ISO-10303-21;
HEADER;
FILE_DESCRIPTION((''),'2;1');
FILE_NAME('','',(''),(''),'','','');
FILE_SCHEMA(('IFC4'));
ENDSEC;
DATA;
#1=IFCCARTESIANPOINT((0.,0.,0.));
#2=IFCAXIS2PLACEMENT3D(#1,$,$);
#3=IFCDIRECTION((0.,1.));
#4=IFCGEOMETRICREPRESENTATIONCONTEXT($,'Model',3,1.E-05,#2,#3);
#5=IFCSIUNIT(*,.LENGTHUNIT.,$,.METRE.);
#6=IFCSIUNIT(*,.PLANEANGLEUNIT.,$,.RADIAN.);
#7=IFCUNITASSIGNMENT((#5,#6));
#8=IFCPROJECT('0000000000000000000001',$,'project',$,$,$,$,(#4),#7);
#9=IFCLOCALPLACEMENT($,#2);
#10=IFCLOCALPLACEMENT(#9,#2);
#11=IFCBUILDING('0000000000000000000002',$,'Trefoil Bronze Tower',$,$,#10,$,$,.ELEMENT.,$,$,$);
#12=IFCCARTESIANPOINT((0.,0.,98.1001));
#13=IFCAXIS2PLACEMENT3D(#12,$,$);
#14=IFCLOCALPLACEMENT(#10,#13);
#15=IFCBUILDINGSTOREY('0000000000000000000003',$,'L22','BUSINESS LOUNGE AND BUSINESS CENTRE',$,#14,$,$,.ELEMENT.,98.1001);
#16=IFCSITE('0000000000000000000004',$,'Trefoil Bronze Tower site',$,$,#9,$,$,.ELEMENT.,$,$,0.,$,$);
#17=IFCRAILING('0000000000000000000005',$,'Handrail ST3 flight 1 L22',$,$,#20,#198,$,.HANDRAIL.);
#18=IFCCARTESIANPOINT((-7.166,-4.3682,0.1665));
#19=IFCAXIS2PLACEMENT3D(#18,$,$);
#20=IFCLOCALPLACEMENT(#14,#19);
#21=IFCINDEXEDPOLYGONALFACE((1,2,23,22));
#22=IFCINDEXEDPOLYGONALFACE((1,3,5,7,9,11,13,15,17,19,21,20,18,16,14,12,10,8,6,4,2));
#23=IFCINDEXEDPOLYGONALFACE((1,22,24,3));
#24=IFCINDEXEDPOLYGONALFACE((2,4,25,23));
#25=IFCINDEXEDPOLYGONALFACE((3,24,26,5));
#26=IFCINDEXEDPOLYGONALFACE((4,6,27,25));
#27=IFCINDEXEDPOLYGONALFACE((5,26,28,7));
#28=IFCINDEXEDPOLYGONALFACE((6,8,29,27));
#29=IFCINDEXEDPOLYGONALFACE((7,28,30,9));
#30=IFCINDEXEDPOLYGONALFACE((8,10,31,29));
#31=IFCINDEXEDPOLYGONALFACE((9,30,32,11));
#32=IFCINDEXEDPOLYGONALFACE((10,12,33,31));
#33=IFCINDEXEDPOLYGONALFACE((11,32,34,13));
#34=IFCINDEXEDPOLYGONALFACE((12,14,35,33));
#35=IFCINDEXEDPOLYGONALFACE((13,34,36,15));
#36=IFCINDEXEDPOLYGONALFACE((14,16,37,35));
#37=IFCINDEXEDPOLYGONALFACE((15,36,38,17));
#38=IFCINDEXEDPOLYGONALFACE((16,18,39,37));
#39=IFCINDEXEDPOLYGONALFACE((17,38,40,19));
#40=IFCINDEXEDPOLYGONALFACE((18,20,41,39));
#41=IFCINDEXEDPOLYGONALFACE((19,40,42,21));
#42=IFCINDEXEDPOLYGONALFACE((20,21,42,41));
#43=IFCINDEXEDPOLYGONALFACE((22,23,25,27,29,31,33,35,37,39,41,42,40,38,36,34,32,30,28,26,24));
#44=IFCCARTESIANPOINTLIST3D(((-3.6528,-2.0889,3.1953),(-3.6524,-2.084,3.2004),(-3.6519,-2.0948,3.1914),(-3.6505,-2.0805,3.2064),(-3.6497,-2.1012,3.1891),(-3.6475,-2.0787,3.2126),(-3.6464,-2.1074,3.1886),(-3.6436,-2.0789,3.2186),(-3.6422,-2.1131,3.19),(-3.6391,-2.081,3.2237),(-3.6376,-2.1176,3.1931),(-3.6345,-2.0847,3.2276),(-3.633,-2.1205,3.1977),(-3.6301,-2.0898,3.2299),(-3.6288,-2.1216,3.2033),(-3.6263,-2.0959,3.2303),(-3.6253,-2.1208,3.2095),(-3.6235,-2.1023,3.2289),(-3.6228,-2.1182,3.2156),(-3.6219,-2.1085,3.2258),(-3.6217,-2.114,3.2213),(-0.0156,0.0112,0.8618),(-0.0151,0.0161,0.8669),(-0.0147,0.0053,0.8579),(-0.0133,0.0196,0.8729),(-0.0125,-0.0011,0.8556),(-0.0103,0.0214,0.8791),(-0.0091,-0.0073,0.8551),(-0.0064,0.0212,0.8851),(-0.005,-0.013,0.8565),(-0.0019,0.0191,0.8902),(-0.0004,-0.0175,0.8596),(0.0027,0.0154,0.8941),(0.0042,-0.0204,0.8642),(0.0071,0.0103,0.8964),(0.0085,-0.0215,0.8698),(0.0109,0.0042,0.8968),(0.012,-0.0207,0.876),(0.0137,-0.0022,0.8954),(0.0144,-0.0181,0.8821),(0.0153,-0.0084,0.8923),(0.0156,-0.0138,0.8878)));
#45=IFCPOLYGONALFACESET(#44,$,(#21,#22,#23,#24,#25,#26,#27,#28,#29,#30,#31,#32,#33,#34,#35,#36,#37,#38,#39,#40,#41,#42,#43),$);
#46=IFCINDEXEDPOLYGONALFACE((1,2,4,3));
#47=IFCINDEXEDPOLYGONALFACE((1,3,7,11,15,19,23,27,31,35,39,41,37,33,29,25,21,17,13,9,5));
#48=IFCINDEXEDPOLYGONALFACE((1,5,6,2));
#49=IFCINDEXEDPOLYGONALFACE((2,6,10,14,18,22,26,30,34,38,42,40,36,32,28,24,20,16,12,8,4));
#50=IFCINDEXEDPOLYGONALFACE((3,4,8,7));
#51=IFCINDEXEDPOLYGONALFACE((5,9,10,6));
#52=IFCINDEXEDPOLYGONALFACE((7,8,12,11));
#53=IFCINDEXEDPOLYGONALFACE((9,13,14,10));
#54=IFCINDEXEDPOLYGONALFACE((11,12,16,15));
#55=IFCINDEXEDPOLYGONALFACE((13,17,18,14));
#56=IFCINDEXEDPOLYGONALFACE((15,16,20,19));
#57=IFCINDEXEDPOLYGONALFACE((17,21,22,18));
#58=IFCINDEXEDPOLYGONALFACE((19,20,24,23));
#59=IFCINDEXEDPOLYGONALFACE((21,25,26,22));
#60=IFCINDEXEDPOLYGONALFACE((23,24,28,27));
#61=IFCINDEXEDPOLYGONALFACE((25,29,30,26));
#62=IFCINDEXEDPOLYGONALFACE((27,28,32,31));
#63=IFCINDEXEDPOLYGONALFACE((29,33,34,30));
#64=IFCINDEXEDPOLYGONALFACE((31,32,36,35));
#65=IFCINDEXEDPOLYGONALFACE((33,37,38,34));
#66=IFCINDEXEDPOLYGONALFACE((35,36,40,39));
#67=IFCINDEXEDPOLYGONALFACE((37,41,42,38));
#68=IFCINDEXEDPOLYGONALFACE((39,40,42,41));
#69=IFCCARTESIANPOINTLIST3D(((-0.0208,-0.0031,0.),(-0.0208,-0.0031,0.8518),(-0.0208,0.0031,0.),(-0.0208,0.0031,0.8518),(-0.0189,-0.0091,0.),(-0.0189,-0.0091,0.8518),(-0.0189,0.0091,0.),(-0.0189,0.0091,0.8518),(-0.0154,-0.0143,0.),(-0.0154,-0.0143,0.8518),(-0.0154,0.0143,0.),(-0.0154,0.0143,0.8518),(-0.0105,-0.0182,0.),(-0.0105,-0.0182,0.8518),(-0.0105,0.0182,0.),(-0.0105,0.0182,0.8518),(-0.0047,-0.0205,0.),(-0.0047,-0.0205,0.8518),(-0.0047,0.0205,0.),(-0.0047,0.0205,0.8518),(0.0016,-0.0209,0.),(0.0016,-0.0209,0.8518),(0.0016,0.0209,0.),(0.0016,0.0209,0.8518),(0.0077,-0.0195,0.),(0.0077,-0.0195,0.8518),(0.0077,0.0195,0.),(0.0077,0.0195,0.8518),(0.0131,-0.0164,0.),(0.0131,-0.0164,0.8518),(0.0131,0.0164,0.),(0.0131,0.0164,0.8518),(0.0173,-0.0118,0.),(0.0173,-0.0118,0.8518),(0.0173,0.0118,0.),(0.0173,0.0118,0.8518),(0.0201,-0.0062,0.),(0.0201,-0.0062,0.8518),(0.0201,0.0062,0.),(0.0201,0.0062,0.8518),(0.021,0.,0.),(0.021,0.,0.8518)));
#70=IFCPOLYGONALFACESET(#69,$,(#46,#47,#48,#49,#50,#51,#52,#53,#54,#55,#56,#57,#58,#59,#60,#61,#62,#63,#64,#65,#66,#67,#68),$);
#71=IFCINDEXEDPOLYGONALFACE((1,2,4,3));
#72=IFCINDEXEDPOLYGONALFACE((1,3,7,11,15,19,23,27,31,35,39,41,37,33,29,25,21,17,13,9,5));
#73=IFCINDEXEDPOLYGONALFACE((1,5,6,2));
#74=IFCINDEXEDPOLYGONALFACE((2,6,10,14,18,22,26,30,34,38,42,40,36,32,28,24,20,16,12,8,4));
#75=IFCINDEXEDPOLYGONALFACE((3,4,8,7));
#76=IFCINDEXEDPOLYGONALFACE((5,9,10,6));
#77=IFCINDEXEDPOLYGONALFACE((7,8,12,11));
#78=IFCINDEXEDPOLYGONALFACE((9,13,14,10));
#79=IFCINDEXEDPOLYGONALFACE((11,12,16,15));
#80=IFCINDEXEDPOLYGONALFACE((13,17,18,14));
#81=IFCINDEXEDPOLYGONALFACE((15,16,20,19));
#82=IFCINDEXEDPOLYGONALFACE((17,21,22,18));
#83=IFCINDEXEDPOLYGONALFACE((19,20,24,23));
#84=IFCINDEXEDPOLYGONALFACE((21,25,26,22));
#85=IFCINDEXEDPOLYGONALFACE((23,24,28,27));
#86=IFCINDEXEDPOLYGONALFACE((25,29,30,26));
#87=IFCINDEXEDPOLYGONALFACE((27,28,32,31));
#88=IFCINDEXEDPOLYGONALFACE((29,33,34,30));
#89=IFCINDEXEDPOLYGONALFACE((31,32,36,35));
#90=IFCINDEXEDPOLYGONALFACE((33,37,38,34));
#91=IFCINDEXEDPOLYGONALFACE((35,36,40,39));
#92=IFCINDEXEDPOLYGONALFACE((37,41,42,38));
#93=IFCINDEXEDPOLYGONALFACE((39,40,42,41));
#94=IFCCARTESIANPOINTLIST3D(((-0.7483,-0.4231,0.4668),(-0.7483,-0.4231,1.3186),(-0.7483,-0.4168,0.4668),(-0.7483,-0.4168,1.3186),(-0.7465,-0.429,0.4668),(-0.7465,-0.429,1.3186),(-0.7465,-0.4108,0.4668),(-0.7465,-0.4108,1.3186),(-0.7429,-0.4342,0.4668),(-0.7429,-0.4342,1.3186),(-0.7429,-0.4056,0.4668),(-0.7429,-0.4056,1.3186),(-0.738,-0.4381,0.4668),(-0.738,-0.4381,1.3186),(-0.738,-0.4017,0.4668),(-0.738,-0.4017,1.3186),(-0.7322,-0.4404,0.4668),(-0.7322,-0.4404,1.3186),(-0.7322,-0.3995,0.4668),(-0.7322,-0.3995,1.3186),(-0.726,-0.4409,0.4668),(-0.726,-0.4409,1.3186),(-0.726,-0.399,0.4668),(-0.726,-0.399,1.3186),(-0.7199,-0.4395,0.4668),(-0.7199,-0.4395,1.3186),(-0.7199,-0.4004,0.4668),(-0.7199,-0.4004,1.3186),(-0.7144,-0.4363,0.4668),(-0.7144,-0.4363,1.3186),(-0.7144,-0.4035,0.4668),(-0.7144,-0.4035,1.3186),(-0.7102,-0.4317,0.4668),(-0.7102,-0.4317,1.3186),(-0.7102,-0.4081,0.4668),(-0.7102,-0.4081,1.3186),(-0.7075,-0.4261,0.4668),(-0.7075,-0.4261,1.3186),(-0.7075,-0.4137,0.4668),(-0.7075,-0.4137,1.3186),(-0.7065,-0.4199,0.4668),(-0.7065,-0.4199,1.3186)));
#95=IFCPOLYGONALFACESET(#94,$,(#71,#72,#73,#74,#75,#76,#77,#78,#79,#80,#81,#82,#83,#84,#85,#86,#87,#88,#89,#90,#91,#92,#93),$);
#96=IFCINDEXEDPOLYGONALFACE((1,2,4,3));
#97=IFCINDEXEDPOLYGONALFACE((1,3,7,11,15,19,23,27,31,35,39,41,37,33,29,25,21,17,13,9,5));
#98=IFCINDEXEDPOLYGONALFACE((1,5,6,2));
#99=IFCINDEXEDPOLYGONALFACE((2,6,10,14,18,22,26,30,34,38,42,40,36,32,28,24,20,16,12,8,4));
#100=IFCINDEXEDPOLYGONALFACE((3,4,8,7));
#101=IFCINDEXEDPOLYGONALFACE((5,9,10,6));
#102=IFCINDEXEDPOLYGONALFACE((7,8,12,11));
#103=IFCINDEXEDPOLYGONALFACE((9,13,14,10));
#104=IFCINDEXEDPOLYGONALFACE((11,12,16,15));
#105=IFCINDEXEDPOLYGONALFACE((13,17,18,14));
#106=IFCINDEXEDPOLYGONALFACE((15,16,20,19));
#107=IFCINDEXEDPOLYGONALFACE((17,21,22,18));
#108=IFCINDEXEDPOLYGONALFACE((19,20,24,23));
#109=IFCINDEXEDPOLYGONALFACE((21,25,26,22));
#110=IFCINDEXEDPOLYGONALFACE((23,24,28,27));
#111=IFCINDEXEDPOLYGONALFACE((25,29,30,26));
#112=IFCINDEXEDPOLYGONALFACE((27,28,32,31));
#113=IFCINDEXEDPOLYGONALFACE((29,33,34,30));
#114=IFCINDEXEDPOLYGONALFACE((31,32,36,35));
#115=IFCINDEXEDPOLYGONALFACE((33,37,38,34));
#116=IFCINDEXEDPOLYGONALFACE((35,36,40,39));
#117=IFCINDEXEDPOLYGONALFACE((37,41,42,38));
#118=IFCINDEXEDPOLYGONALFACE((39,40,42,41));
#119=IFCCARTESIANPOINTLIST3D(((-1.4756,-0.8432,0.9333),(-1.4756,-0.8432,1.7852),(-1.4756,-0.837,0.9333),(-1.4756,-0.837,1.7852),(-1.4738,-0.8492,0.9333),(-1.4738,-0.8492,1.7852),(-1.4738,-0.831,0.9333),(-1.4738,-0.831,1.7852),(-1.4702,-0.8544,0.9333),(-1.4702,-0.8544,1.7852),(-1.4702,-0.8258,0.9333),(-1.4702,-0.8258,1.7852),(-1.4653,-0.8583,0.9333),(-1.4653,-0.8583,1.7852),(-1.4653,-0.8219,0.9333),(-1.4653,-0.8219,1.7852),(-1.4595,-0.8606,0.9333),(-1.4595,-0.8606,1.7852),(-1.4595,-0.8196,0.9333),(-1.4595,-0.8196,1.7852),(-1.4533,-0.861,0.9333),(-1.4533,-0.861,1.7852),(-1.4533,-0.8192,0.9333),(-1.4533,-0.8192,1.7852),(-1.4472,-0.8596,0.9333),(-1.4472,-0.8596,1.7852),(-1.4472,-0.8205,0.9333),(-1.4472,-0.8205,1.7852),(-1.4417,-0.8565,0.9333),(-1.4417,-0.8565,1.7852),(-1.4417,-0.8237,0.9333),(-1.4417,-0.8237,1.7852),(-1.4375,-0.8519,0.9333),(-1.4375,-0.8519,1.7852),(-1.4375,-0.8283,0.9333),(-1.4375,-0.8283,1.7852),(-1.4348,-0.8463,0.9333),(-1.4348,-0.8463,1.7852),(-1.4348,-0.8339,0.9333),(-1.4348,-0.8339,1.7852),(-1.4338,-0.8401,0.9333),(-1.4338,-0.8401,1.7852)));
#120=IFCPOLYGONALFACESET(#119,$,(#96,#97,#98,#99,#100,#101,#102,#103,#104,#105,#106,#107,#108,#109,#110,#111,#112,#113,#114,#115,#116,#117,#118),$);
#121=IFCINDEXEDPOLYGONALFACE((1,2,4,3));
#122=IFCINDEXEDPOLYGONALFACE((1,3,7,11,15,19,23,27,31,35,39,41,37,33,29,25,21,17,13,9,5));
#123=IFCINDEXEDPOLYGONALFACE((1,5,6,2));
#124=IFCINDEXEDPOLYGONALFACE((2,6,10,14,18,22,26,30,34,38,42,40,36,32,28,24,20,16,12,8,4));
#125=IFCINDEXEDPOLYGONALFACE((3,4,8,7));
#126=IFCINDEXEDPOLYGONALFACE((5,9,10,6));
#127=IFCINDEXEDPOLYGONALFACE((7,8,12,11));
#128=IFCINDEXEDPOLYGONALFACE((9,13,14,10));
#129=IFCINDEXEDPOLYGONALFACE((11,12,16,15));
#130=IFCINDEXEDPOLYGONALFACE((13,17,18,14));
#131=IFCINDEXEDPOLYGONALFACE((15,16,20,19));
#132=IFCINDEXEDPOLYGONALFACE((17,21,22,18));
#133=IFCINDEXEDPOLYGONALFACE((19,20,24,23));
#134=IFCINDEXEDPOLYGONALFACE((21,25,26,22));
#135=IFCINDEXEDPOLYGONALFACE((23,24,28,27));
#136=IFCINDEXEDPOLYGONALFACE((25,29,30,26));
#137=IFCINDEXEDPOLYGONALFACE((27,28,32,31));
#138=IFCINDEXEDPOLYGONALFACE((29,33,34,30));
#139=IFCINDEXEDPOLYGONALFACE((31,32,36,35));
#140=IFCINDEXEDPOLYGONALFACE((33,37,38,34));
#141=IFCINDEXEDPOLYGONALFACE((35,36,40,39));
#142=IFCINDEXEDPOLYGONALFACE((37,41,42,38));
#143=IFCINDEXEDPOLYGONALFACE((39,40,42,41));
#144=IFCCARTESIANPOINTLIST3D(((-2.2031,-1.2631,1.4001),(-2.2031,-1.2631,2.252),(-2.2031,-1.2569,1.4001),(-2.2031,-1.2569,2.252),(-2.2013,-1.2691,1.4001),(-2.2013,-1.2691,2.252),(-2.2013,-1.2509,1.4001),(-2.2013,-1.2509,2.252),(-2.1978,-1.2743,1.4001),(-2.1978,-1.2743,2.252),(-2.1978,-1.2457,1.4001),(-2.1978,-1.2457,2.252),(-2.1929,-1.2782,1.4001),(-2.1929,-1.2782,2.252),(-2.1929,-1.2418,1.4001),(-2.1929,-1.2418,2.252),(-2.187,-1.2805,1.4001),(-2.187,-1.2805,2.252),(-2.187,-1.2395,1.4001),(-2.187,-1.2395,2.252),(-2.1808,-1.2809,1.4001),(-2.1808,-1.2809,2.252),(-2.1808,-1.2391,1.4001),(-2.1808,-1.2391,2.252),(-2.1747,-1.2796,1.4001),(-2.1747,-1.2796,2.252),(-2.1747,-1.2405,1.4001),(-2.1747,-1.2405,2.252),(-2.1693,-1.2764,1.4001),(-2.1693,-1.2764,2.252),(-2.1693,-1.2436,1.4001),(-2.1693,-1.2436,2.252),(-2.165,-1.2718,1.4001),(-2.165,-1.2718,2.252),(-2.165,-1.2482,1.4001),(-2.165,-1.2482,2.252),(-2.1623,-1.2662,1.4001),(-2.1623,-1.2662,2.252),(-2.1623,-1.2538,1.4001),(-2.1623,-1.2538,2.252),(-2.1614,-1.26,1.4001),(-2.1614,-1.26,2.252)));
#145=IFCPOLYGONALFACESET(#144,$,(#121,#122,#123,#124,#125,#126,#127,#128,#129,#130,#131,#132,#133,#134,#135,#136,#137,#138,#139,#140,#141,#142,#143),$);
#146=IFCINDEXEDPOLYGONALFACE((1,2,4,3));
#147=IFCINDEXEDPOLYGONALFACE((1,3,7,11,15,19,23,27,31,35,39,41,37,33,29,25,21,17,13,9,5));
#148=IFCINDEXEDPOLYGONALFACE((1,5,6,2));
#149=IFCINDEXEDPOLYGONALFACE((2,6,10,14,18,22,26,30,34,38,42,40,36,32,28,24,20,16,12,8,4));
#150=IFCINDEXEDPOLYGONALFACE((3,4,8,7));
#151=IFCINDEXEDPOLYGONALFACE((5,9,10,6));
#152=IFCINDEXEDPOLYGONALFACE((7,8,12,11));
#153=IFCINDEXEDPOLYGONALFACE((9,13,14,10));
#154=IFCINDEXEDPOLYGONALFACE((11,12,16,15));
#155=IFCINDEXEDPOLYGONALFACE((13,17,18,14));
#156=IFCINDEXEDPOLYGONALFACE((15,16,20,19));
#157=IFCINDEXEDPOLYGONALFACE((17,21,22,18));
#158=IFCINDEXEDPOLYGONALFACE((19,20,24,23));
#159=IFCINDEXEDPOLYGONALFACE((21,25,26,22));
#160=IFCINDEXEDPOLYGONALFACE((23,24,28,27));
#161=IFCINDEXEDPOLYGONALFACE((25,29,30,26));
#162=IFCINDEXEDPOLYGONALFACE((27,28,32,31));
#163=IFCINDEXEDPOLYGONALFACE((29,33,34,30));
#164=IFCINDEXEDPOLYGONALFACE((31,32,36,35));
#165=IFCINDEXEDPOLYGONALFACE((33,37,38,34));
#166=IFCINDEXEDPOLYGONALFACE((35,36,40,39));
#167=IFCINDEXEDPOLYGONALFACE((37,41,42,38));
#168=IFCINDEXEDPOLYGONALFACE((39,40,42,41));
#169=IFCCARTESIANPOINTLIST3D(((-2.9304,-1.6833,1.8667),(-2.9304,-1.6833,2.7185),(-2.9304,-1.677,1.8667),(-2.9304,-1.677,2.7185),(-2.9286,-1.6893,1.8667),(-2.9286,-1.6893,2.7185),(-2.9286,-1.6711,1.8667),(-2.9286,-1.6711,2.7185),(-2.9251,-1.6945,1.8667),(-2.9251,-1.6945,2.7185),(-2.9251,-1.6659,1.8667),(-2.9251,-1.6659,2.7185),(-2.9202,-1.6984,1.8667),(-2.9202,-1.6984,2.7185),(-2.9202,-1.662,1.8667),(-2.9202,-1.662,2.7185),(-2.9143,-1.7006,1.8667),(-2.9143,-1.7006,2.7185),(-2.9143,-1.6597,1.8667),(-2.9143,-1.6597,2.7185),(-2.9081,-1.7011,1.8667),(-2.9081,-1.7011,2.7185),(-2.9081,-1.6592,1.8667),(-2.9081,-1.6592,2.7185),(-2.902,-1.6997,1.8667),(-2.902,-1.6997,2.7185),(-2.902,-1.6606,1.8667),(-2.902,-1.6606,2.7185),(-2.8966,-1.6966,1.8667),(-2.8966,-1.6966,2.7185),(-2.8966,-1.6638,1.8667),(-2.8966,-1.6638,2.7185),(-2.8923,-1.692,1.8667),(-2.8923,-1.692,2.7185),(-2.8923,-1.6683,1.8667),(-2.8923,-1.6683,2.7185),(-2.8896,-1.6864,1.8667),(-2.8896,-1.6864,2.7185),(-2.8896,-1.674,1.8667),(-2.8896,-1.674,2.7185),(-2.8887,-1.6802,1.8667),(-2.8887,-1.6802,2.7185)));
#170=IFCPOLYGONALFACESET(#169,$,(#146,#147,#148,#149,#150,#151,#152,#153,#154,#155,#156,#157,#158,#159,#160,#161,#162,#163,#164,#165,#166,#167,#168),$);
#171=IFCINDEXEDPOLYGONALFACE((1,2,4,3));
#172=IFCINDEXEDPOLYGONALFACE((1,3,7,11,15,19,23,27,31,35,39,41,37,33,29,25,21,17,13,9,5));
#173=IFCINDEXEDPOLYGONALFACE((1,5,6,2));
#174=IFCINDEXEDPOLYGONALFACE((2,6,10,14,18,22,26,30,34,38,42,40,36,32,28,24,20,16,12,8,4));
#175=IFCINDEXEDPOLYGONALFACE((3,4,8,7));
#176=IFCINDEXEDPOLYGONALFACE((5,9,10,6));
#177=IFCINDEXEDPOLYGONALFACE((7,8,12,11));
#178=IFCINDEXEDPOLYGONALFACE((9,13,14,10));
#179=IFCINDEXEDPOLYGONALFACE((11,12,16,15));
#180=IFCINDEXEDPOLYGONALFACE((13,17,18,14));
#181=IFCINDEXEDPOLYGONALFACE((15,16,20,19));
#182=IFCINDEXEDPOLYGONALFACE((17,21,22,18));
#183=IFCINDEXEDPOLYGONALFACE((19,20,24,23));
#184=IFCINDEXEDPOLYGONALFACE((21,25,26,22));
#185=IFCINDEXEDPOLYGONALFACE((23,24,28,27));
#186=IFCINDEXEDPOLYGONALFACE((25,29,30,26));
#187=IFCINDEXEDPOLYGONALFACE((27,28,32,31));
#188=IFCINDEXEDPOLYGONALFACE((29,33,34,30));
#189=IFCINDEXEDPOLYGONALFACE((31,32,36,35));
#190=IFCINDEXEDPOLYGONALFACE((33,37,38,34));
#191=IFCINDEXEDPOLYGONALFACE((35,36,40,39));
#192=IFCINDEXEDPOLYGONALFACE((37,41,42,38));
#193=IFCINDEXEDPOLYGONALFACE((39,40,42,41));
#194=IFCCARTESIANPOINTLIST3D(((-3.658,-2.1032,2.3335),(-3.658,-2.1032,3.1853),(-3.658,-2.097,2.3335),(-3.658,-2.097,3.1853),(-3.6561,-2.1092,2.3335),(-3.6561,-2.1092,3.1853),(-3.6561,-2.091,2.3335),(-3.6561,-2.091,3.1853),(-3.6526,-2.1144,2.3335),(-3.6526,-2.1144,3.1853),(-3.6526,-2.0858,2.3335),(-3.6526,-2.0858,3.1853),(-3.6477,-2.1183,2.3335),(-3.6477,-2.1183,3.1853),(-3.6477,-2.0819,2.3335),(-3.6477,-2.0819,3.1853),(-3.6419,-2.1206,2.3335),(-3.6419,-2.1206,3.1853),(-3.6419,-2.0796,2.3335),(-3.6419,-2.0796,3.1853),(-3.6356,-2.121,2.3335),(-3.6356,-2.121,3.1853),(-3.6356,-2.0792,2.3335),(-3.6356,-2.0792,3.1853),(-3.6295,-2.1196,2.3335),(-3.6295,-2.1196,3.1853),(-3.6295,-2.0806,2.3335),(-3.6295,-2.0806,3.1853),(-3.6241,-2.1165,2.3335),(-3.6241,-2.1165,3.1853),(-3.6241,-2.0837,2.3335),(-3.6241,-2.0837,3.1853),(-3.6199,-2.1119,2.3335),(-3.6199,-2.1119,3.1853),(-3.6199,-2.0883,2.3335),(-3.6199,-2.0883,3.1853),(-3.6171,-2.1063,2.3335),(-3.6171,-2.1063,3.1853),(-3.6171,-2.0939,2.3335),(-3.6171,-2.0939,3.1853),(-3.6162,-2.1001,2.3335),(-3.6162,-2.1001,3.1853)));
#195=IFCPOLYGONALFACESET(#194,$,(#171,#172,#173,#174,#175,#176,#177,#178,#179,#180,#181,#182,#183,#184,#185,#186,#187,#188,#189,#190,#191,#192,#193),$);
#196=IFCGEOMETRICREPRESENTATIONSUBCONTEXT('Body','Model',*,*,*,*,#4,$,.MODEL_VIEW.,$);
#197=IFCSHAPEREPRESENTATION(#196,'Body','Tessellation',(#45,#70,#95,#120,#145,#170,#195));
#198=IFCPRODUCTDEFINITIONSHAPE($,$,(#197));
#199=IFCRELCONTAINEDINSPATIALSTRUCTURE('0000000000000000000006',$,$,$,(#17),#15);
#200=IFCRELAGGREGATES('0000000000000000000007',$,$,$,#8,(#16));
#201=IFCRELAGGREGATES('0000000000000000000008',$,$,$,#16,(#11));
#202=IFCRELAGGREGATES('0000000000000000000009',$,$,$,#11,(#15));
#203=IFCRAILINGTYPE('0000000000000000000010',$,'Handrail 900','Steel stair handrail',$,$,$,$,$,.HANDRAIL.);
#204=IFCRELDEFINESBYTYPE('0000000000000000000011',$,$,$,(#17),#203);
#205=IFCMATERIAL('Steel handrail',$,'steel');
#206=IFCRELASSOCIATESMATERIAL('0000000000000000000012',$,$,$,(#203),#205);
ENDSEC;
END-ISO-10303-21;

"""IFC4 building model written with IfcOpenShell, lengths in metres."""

from ifc_helpers import new_model, si_unit, direction, frame, origin, origin_2d, place, context, subcontext, project, spatial, circle, extrude, material, type_object, element, save


model = new_model("IFC4")

# Units and contexts
model_context = context("Model", 3, precision=1e-05, world=origin(), true_north=direction((0.0, 1.0)))
body_context = subcontext(model_context, "Body", "Model", "MODEL_VIEW")
ifc_project = project(units=[si_unit("LENGTHUNIT", "METRE"), si_unit("PLANEANGLEUNIT", "RADIAN")], contexts=[model_context])

# Site, building, storey
site_placement = place(None, origin())
site = spatial("IfcSite", under=ifc_project, at=site_placement, Name="Trefoil Bronze Tower site", CompositionType="ELEMENT", RefElevation=0.0)
building_placement = place(site_placement, origin())
building = spatial("IfcBuilding", under=site, at=building_placement, Name="Trefoil Bronze Tower", CompositionType="ELEMENT")
storey_placement = place(building_placement, frame((0.0, 0.0, 98.1001)))
storey = spatial("IfcBuildingStorey", under=building, at=storey_placement, Name="L22", Description="BUSINESS LOUNGE AND BUSINESS CENTRE", CompositionType="ELEMENT", Elevation=98.1001)

# Railing
ifc_material_1 = material(Name="Steel handrail", Category="steel")
railing_type = type_object("IfcRailingType", Name="Handrail 900", Description="Steel stair handrail", PredefinedType="HANDRAIL", material=ifc_material_1)
railing_1_placement = place(storey_placement, frame((-7.166, -4.3682, 0.1665)))
element("IfcRailing", 1, at=railing_1_placement, inside=storey, type_object=railing_type, Name="Handrail ST3 flight 1 L22", PredefinedType="HANDRAIL", context=body_context, shape_type="SweptSolid", body=[
    extrude(circle(Radius=0.0239, at=origin_2d()), frame((0.0, 0.0, 0.876), z_axis=(-0.757014, -0.437095, 0.485672), x_axis=(0.500028, -0.866009, 0.0)), (0.0, 0.0, 1.0), 4.8047),
    extrude(circle(Radius=0.021, at=origin_2d()), origin(), (0.0, 0.0, 1.0), 0.8518),
    extrude(circle(Radius=0.021, at=origin_2d()), frame((-0.7275, -0.4199, 0.4668)), (0.0, 0.0, 1.0), 0.8518),
    extrude(circle(Radius=0.021, at=origin_2d()), frame((-1.4548, -0.8401, 0.9333)), (0.0, 0.0, 1.0), 0.8518),
    extrude(circle(Radius=0.021, at=origin_2d()), frame((-2.1824, -1.26, 1.4001)), (0.0, 0.0, 1.0), 0.8518),
    extrude(circle(Radius=0.021, at=origin_2d()), frame((-2.9097, -1.6802, 1.8667)), (0.0, 0.0, 1.0), 0.8518),
    extrude(circle(Radius=0.021, at=origin_2d()), frame((-3.6372, -2.1001, 2.3335)), (0.0, 0.0, 1.0), 0.8518),
])

save(model, "model.ifc")
